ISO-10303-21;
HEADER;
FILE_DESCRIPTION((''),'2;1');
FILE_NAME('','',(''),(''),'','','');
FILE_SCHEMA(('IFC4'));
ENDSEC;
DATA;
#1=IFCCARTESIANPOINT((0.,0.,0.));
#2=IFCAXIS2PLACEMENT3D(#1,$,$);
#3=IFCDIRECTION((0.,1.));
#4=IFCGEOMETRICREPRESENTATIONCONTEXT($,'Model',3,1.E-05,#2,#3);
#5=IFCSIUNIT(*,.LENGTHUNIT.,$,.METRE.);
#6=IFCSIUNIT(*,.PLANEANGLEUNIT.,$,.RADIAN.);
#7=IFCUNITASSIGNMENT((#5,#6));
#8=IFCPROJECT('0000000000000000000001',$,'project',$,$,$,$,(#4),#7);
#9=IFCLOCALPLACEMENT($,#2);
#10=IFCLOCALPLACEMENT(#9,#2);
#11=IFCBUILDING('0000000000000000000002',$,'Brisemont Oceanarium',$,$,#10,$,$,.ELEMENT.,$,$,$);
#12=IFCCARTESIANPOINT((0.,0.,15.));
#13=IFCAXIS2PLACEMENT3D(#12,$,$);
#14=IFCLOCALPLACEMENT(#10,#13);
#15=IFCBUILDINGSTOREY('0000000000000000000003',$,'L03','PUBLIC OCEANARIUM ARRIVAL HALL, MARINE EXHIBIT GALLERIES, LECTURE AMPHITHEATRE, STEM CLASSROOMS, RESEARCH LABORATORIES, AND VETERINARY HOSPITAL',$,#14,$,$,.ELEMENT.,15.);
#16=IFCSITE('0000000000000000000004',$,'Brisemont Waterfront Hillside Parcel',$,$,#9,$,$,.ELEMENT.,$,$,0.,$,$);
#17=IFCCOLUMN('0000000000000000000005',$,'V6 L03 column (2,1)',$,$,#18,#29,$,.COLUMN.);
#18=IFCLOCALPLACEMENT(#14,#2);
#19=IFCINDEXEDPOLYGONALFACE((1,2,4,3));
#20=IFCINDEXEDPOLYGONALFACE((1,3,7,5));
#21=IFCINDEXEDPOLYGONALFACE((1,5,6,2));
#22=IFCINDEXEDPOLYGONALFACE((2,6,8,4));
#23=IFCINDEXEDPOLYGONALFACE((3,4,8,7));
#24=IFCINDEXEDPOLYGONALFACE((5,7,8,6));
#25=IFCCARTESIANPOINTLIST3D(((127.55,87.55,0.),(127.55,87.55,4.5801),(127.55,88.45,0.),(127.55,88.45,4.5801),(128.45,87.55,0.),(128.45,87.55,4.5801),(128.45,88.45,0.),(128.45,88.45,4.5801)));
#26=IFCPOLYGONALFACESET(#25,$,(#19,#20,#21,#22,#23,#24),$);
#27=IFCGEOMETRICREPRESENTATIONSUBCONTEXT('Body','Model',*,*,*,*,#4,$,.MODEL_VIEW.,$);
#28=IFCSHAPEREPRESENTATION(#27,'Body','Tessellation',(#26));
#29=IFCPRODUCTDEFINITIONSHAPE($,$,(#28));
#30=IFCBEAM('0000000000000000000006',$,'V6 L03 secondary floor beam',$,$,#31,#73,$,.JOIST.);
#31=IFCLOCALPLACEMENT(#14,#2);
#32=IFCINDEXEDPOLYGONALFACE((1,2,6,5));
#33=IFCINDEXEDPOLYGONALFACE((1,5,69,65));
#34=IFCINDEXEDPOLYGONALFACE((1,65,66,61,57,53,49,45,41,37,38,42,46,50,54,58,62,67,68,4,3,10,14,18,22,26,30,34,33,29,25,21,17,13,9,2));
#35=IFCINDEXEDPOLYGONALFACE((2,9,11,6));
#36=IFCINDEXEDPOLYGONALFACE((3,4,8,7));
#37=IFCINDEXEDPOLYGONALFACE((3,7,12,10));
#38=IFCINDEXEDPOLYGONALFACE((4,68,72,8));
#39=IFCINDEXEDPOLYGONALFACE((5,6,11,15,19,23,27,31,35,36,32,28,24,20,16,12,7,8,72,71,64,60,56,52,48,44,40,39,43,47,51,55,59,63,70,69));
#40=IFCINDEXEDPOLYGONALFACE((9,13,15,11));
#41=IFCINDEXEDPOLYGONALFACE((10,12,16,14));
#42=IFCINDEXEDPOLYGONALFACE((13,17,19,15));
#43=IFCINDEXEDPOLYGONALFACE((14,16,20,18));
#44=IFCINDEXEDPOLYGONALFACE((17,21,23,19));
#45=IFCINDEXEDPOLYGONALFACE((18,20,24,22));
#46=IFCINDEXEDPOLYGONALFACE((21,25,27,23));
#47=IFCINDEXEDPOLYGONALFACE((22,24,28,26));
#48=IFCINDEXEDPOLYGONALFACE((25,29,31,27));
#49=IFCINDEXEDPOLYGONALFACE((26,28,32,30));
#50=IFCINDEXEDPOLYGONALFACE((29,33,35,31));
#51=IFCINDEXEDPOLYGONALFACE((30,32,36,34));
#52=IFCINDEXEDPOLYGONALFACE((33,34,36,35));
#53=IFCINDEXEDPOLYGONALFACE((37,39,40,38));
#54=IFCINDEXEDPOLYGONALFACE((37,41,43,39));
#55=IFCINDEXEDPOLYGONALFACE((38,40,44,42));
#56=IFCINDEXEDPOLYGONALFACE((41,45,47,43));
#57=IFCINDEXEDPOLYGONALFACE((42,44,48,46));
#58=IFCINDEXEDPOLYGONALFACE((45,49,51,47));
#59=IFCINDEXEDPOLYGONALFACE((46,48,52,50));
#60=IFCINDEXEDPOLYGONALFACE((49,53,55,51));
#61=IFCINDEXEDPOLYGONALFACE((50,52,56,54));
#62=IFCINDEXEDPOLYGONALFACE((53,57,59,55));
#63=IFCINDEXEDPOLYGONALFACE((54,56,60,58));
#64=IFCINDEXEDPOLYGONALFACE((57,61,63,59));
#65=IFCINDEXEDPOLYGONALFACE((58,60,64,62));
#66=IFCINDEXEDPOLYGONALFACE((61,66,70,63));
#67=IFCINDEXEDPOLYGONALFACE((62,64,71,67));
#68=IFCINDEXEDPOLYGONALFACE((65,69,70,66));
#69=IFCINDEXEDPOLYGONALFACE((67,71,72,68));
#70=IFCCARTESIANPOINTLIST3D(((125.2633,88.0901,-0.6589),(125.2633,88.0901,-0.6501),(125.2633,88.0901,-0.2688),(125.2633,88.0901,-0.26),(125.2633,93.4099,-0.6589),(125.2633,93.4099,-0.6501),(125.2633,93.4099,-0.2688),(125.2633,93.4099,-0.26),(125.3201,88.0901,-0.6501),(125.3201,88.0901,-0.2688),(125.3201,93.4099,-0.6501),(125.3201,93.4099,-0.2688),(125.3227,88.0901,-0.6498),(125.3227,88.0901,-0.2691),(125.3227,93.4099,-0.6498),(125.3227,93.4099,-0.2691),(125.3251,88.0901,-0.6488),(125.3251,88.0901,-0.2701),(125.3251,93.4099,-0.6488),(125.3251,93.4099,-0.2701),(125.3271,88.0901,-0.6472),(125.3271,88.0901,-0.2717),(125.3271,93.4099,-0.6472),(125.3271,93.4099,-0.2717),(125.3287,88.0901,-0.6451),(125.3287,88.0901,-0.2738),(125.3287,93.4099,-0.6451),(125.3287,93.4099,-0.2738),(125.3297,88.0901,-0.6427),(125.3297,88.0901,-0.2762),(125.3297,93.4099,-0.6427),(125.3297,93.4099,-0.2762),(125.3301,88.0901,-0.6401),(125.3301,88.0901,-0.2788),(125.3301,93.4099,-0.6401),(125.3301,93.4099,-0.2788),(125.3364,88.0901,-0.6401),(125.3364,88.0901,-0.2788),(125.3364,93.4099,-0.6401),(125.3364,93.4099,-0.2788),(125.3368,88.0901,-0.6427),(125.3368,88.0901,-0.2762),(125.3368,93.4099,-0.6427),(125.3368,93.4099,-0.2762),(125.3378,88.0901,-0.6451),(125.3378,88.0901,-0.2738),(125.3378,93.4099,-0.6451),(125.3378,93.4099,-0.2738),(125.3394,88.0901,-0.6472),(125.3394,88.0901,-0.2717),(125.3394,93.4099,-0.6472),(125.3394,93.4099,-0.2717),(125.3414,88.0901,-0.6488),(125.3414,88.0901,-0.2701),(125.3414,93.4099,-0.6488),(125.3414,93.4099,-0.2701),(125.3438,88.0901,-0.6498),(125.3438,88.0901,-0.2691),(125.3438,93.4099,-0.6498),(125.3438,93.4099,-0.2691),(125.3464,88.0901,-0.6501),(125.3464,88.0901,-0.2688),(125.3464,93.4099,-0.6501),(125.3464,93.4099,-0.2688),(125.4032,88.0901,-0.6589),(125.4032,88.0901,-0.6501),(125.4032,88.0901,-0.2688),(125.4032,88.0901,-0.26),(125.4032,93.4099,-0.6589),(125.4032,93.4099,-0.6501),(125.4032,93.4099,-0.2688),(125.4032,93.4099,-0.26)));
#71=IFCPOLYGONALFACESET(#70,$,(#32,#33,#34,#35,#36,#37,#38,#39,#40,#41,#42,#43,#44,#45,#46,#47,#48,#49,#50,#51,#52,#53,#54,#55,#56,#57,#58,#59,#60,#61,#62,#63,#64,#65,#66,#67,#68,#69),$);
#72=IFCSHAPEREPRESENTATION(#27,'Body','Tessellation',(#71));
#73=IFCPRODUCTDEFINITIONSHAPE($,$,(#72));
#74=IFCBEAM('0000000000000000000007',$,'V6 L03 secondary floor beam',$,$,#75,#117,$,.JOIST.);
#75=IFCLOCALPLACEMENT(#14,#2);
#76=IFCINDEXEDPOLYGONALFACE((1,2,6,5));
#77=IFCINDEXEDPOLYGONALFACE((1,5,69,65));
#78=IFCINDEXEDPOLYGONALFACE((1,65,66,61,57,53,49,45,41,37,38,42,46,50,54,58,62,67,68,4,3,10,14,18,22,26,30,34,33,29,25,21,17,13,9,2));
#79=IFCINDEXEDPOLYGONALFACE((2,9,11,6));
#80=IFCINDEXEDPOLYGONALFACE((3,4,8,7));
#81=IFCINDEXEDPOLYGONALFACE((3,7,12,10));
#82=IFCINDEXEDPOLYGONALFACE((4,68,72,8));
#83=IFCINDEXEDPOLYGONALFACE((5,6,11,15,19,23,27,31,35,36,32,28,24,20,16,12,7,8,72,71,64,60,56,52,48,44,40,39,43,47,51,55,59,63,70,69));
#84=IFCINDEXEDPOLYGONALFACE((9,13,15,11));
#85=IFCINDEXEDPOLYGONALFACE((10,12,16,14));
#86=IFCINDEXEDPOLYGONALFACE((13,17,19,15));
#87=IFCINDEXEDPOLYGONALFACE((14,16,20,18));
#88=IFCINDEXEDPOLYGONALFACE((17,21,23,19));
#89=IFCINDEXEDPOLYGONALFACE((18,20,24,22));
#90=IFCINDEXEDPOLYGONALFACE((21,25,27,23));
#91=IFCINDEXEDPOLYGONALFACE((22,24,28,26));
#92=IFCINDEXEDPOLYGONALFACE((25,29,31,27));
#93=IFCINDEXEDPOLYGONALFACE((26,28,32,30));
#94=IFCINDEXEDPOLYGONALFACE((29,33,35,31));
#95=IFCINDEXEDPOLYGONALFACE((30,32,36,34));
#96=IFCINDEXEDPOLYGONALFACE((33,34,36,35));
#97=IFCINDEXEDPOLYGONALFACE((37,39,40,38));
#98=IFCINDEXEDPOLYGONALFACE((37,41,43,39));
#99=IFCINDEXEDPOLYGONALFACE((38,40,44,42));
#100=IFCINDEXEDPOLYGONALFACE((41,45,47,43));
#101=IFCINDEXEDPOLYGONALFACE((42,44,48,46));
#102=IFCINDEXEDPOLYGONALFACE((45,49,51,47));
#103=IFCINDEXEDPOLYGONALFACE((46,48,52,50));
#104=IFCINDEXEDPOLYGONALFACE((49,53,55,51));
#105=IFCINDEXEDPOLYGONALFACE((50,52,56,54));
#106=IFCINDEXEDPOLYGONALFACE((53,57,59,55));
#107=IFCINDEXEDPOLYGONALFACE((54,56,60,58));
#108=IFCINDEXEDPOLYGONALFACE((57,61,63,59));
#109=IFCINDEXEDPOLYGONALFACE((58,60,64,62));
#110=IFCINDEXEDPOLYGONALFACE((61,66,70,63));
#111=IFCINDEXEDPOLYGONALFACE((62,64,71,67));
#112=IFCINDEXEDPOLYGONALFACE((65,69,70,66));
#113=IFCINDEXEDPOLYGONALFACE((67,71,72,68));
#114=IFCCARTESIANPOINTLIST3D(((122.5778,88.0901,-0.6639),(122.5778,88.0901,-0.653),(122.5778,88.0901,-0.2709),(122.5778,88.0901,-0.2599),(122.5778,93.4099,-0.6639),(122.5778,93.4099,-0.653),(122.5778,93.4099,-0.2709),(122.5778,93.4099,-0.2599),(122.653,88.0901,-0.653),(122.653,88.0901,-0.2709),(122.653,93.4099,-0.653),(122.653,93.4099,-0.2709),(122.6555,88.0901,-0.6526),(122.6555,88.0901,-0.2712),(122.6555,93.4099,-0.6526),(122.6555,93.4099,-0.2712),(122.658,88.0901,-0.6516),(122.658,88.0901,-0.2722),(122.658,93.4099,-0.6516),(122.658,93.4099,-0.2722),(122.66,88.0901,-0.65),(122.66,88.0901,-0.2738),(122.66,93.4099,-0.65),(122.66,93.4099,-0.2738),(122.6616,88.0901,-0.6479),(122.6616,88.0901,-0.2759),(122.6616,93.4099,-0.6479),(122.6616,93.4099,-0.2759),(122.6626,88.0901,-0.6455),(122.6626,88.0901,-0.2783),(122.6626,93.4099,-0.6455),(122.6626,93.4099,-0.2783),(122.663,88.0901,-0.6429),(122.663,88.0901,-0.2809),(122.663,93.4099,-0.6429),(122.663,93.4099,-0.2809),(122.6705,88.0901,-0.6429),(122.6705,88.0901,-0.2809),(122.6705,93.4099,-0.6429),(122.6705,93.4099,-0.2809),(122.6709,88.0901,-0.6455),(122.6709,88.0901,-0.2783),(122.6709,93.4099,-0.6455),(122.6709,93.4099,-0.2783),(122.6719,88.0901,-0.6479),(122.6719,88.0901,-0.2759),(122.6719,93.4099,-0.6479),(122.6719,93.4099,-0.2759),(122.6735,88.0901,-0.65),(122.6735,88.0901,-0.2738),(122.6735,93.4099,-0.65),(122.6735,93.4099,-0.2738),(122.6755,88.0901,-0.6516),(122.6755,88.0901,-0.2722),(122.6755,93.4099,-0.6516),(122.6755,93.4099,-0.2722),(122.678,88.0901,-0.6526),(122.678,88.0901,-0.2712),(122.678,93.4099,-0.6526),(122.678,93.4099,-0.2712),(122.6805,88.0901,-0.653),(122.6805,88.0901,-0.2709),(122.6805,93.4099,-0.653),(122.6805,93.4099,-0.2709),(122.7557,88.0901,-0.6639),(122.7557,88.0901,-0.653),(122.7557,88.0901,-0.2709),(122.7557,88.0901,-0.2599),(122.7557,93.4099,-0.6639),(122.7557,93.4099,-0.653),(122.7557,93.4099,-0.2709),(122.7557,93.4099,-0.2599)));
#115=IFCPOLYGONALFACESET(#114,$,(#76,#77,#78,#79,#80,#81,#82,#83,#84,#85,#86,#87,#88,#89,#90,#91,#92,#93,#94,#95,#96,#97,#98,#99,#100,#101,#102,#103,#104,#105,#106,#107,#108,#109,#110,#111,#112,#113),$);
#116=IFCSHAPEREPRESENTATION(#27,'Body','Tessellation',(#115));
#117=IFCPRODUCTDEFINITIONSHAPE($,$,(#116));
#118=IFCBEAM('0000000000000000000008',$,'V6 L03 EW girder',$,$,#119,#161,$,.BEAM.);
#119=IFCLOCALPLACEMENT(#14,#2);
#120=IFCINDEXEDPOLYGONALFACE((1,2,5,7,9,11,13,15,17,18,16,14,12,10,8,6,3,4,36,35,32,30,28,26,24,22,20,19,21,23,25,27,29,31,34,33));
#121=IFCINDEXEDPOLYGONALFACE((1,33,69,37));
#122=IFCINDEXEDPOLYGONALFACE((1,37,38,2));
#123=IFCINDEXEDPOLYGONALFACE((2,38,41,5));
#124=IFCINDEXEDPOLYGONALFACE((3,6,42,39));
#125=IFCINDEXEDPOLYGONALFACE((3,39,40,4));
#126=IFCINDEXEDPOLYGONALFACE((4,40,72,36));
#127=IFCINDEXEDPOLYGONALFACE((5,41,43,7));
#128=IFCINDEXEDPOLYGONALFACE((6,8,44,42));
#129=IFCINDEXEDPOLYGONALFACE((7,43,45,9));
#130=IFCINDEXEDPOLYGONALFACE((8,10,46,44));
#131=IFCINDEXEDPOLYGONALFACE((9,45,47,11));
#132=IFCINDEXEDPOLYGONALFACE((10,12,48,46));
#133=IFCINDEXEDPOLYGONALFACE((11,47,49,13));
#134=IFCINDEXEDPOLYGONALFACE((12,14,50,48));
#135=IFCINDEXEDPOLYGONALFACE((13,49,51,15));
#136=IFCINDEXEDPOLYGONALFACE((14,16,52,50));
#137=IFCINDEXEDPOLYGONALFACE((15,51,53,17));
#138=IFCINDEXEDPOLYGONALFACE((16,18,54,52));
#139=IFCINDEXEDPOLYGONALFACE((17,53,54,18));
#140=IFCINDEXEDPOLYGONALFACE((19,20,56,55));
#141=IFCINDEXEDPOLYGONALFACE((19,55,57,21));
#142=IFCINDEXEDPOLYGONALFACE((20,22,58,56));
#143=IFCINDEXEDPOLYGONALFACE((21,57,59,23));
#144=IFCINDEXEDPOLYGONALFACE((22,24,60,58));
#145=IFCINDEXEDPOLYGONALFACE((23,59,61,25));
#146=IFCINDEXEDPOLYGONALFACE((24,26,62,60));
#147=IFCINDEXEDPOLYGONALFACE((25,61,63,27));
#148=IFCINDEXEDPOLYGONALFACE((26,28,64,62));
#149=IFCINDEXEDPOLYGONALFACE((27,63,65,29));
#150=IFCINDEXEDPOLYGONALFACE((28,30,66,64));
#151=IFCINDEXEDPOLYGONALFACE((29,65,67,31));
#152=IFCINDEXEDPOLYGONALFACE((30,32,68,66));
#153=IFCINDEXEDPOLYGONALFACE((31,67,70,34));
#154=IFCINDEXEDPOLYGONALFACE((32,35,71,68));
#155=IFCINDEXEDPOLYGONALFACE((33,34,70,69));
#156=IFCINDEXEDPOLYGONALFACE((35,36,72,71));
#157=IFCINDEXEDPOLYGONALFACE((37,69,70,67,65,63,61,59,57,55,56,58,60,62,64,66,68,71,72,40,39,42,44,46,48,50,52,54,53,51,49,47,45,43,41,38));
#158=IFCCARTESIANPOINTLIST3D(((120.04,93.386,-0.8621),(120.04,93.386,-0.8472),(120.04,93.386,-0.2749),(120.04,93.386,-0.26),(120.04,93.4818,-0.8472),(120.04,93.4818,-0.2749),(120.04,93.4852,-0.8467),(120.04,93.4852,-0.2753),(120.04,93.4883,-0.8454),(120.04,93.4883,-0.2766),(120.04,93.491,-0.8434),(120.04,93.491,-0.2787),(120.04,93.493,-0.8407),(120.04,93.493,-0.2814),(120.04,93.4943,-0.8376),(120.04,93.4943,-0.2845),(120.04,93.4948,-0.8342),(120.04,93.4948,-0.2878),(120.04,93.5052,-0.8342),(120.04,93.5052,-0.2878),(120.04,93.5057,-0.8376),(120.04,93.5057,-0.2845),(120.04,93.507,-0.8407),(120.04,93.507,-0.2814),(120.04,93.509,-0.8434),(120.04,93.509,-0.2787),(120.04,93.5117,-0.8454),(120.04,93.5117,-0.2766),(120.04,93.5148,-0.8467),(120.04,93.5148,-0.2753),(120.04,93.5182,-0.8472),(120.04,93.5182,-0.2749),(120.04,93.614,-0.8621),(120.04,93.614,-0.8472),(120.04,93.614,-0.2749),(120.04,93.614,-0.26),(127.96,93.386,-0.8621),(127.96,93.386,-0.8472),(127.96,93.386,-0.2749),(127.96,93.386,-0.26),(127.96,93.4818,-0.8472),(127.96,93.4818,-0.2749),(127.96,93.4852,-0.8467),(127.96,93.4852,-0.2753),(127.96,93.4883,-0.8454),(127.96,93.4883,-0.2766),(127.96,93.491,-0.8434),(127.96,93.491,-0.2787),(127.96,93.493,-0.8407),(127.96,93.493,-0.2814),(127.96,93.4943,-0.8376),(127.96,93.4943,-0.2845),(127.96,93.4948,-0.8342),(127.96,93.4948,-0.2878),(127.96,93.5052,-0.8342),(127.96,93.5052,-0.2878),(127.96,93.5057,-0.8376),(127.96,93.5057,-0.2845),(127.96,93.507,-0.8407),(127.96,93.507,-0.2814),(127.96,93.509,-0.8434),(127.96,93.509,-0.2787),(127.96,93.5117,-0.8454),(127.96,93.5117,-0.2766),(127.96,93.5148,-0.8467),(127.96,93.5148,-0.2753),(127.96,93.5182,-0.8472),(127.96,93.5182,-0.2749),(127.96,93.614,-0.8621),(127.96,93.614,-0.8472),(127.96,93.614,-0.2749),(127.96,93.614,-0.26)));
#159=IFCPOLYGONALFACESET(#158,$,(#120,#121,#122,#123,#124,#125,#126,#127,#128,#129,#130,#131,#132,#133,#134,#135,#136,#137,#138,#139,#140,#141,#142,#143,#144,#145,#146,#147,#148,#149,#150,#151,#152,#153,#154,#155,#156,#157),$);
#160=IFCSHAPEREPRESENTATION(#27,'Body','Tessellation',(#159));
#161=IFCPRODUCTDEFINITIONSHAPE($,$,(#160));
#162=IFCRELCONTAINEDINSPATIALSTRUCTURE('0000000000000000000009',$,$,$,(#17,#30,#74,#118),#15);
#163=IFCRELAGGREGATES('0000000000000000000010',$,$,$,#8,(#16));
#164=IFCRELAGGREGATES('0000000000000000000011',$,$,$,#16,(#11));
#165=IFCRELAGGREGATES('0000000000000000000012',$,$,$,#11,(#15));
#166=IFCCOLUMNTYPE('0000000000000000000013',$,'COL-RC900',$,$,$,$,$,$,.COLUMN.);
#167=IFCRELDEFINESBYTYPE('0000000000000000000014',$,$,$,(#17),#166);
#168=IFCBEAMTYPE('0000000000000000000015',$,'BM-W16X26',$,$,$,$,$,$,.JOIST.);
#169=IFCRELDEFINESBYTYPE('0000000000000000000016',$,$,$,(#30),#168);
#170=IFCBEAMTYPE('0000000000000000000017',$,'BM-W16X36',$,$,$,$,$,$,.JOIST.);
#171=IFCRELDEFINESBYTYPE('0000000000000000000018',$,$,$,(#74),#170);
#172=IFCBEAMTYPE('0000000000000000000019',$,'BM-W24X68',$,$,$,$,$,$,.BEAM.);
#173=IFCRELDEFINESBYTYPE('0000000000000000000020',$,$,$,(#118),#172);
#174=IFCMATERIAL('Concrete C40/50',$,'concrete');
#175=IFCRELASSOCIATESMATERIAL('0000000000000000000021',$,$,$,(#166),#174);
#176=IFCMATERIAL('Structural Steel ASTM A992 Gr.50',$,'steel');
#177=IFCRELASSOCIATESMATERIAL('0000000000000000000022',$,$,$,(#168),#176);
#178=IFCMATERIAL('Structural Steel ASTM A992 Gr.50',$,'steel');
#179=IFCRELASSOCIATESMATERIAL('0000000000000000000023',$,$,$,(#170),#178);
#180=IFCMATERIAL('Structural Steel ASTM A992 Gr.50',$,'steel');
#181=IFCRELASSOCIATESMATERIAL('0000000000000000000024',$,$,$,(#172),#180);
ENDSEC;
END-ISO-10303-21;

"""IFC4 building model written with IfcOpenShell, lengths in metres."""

from ifc_helpers import new_model, si_unit, direction, frame, origin, origin_2d, place, context, subcontext, project, spatial, rectangle, i_section, extrude, material, material_profile, profile_set, type_object, element, save


model = new_model("IFC4")

# Units and contexts
model_context = context("Model", 3, precision=1e-05, world=origin(), true_north=direction((0.0, 1.0)))
body_context = subcontext(model_context, "Body", "Model", "MODEL_VIEW")
ifc_project = project(units=[si_unit("LENGTHUNIT", "METRE"), si_unit("PLANEANGLEUNIT", "RADIAN")], contexts=[model_context])

# Site, building, storey
site_placement = place(None, origin())
site = spatial("IfcSite", under=ifc_project, at=site_placement, Name="Brisemont Waterfront Hillside Parcel", CompositionType="ELEMENT", RefElevation=0.0)
building_placement = place(site_placement, origin())
building = spatial("IfcBuilding", under=site, at=building_placement, Name="Brisemont Oceanarium", CompositionType="ELEMENT")
storey_placement = place(building_placement, frame((0.0, 0.0, 15.0)))
storey = spatial("IfcBuildingStorey", under=building, at=storey_placement, Name="L03", Description="PUBLIC OCEANARIUM ARRIVAL HALL, MARINE EXHIBIT GALLERIES, LECTURE AMPHITHEATRE, STEM CLASSROOMS, RESEARCH LABORATORIES, AND VETERINARY HOSPITAL", CompositionType="ELEMENT", Elevation=15.0)

# Column
ifc_material_1 = material(Name="Concrete C40/50", Category="concrete")
ifc_material_profile_1 = material_profile(ifc_material_1, rectangle(XDim=0.8999, YDim=0.8999, at=origin_2d()), Name="RC-COL-900X900")
ifc_profile_set_1 = profile_set([ifc_material_profile_1], Name="Concrete C40/50")
column_type = type_object("IfcColumnType", Name="COL-RC900", PredefinedType="COLUMN", material=ifc_profile_set_1)
column_placement = place(storey_placement, frame((128.0, 88.0, 0.0), z_axis=(0.0, 0.0, 1.0), x_axis=(0.0, 1.0, 0.0)))
element("IfcColumn", 1, at=column_placement, inside=storey, type_object=column_type, Name="V6 L03 column (2,1)", PredefinedType="COLUMN", context=body_context, shape_type="SweptSolid", body=[
    extrude(rectangle(XDim=0.8999, YDim=0.8999, at=origin_2d()), origin(), (0.0, 0.0, 1.0), 4.5801),
])

# Beams
ifc_material_2 = material(Name="Structural Steel ASTM A992 Gr.50", Category="steel")
ifc_material_profile_2 = material_profile(ifc_material_2, i_section(OverallWidth=0.1399, OverallDepth=0.3989, WebThickness=0.0063, FlangeThickness=0.0088, FilletRadius=0.01, at=origin_2d()), Name="W16X26")
ifc_profile_set_2 = profile_set([ifc_material_profile_2], Name="Structural Steel ASTM A992 Gr.50")
beam_type_1 = type_object("IfcBeamType", Name="BM-W16X26", PredefinedType="JOIST", material=ifc_profile_set_2)
beam_1_placement = place(storey_placement, frame((125.3333, 88.0901, -0.4595), z_axis=(0.0, 1.0, 0.0), x_axis=(-1.0, 0.0, 0.0)))
element("IfcBeam", 2, at=beam_1_placement, inside=storey, type_object=beam_type_1, Name="V6 L03 secondary floor beam", PredefinedType="JOIST", context=body_context, shape_type="SweptSolid", body=[
    extrude(i_section(OverallWidth=0.1399, OverallDepth=0.3989, WebThickness=0.0063, FlangeThickness=0.0088, FilletRadius=0.01, at=origin_2d()), origin(), (0.0, 0.0, 1.0), 5.3198),
])
ifc_material_3 = material(Name="Structural Steel ASTM A992 Gr.50", Category="steel")
ifc_material_profile_3 = material_profile(ifc_material_3, i_section(OverallWidth=0.178, OverallDepth=0.4041, WebThickness=0.0076, FlangeThickness=0.011, FilletRadius=0.01, at=origin_2d()), Name="W16X36")
ifc_profile_set_3 = profile_set([ifc_material_profile_3], Name="Structural Steel ASTM A992 Gr.50")
beam_type_2 = type_object("IfcBeamType", Name="BM-W16X36", PredefinedType="JOIST", material=ifc_profile_set_3)
beam_2_placement = place(storey_placement, frame((122.6667, 88.0901, -0.4619), z_axis=(0.0, 1.0, 0.0), x_axis=(-1.0, 0.0, 0.0)))
element("IfcBeam", 3, at=beam_2_placement, inside=storey, type_object=beam_type_2, Name="V6 L03 secondary floor beam", PredefinedType="JOIST", context=body_context, shape_type="SweptSolid", body=[
    extrude(i_section(OverallWidth=0.178, OverallDepth=0.4041, WebThickness=0.0076, FlangeThickness=0.011, FilletRadius=0.01, at=origin_2d()), origin(), (0.0, 0.0, 1.0), 5.3198),
])
ifc_material_4 = material(Name="Structural Steel ASTM A992 Gr.50", Category="steel")
ifc_material_profile_4 = material_profile(ifc_material_4, i_section(OverallWidth=0.228, OverallDepth=0.6021, WebThickness=0.0105, FlangeThickness=0.0149, FilletRadius=0.0129, at=origin_2d()), Name="W24X68")
ifc_profile_set_4 = profile_set([ifc_material_profile_4], Name="Structural Steel ASTM A992 Gr.50")
beam_type_3 = type_object("IfcBeamType", Name="BM-W24X68", PredefinedType="BEAM", material=ifc_profile_set_4)
beam_3_placement = place(storey_placement, frame((120.04, 93.5, -0.561), z_axis=(1.0, 0.0, 0.0), x_axis=(0.0, 1.0, 0.0)))
element("IfcBeam", 4, at=beam_3_placement, inside=storey, type_object=beam_type_3, Name="V6 L03 EW girder", PredefinedType="BEAM", context=body_context, shape_type="SweptSolid", body=[
    extrude(i_section(OverallWidth=0.228, OverallDepth=0.6021, WebThickness=0.0105, FlangeThickness=0.0149, FilletRadius=0.0129, at=origin_2d()), origin(), (0.0, 0.0, 1.0), 7.9199),
])

save(model, "model.ifc")
